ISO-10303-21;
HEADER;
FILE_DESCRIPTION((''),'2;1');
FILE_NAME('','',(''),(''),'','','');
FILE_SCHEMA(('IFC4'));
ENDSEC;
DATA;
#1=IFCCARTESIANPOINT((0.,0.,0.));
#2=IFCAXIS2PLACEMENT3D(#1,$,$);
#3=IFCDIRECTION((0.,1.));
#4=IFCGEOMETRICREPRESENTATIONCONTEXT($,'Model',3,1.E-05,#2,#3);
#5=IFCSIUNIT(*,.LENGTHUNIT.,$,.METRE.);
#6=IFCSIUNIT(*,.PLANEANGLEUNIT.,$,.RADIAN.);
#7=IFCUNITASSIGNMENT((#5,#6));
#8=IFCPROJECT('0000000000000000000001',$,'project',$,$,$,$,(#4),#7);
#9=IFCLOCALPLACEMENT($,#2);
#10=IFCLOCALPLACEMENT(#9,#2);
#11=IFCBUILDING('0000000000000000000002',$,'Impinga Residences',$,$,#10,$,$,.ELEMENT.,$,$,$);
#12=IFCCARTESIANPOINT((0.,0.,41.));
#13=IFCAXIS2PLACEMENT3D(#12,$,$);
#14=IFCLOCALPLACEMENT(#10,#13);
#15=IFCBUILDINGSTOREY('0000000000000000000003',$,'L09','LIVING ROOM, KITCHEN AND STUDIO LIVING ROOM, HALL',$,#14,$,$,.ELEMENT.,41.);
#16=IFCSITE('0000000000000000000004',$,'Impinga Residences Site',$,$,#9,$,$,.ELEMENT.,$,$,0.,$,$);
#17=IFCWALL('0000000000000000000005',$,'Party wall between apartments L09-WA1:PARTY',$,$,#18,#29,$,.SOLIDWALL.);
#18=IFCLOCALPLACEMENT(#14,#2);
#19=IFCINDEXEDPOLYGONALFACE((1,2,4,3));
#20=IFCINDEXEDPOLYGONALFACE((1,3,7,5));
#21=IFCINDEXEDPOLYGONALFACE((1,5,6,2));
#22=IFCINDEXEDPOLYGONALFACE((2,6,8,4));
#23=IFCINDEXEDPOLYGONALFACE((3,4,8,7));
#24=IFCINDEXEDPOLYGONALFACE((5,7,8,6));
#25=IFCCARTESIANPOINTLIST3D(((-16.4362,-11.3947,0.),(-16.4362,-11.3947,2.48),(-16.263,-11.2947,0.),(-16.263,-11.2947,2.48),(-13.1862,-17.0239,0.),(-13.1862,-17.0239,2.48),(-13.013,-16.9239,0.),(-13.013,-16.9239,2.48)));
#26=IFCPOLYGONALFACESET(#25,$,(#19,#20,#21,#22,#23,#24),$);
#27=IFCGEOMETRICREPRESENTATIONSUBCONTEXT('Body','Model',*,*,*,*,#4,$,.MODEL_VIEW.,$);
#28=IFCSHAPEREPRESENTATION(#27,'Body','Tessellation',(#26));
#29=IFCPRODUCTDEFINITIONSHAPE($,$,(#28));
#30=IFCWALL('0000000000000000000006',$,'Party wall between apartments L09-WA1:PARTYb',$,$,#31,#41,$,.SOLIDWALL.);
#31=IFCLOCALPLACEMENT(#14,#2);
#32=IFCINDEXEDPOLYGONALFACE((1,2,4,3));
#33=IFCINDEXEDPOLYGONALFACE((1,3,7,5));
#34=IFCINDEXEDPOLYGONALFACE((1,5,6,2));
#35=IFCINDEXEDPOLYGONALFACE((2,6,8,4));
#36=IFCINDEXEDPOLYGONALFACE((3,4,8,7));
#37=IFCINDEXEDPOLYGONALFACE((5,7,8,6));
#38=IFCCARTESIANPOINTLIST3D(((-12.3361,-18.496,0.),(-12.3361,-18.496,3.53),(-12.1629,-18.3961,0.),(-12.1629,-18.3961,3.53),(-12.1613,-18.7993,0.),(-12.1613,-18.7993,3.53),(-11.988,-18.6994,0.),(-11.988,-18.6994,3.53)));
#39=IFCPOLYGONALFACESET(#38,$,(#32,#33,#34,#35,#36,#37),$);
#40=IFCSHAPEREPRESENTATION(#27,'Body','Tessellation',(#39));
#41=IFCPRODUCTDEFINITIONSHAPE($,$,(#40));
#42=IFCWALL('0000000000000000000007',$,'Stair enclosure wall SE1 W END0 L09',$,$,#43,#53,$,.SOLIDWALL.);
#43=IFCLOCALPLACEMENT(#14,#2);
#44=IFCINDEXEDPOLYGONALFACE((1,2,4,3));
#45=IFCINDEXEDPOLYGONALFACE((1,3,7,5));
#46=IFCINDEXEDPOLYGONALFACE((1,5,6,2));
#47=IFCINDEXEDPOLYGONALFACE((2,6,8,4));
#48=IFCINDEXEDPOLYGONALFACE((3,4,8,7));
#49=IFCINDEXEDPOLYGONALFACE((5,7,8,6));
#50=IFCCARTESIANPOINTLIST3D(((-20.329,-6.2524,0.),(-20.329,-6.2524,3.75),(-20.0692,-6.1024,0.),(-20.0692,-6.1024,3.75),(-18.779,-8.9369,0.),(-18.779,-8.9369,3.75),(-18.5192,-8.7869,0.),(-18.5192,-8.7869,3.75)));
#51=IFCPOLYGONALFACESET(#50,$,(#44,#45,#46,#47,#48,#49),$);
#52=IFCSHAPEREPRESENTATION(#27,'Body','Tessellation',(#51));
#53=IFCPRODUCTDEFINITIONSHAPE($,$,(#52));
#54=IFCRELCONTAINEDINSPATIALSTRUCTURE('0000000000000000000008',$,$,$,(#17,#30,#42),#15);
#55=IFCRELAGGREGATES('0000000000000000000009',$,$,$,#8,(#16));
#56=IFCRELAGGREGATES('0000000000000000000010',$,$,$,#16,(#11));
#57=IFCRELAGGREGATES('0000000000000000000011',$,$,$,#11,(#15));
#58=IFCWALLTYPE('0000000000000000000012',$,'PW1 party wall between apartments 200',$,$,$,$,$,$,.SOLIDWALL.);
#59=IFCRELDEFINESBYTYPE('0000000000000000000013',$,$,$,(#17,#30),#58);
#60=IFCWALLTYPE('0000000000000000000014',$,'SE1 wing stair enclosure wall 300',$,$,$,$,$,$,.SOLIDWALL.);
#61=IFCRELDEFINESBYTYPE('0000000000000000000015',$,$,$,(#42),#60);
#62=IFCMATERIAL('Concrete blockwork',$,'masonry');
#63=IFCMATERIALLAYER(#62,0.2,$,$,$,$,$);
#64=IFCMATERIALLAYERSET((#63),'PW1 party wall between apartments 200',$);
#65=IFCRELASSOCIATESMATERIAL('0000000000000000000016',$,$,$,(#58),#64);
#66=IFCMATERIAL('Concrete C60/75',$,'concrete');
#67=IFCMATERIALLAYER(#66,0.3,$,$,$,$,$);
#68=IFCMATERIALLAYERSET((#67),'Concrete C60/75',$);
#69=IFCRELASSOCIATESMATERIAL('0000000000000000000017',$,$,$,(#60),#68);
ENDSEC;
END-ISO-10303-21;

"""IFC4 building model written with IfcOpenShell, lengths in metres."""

from ifc_helpers import new_model, si_unit, direction, frame, frame_2d, origin, place, context, subcontext, project, spatial, rectangle, extrude, material, layer, layer_set, type_object, element, save


model = new_model("IFC4")

# Units and contexts
model_context = context("Model", 3, precision=1e-05, world=origin(), true_north=direction((0.0, 1.0)))
body_context = subcontext(model_context, "Body", "Model", "MODEL_VIEW")
ifc_project = project(units=[si_unit("LENGTHUNIT", "METRE"), si_unit("PLANEANGLEUNIT", "RADIAN")], contexts=[model_context])

# Site, building, storey
site_placement = place(None, origin())
site = spatial("IfcSite", under=ifc_project, at=site_placement, Name="Impinga Residences Site", CompositionType="ELEMENT", RefElevation=0.0)
building_placement = place(site_placement, origin())
building = spatial("IfcBuilding", under=site, at=building_placement, Name="Impinga Residences", CompositionType="ELEMENT")
storey_placement = place(building_placement, frame((0.0, 0.0, 41.0)))
storey = spatial("IfcBuildingStorey", under=building, at=storey_placement, Name="L09", Description="LIVING ROOM, KITCHEN AND STUDIO LIVING ROOM, HALL", CompositionType="ELEMENT", Elevation=41.0)

# Shared definitions
ifc_material_1 = material(Name="Concrete C60/75", Category="concrete")

# Walls
ifc_material_2 = material(Name="Concrete blockwork", Category="masonry")
ifc_layer_1 = layer(ifc_material_2, 0.2)
ifc_layer_set_1 = layer_set([ifc_layer_1], Name="PW1 party wall between apartments 200")
wall_type_1 = type_object("IfcWallType", Name="PW1 party wall between apartments 200", PredefinedType="SOLIDWALL", material=ifc_layer_set_1)
wall_1_placement = place(storey_placement, frame((-16.3496, -11.3447, 0.0), z_axis=(0.0, 0.0, 1.0), x_axis=(0.500001, -0.866025, 0.0)))
element("IfcWall", 1, at=wall_1_placement, inside=storey, type_object=wall_type_1, Name="Party wall between apartments L09-WA1:PARTY", PredefinedType="SOLIDWALL", context=body_context, shape_type="SweptSolid", body=[
    extrude(rectangle(XDim=6.5, YDim=0.2, at=frame_2d((3.25, 0.0))), origin(), (0.0, 0.0, 1.0), 2.48),
])
wall_2_placement = place(storey_placement, frame((-12.2495, -18.446, 0.0), z_axis=(0.0, 0.0, 1.0), x_axis=(0.499441, -0.866348, 0.0)))
element("IfcWall", 2, at=wall_2_placement, inside=storey, type_object=wall_type_1, Name="Party wall between apartments L09-WA1:PARTYb", PredefinedType="SOLIDWALL", context=body_context, shape_type="SweptSolid", body=[
    extrude(rectangle(XDim=0.3501, YDim=0.2, at=frame_2d((0.175, 0.0))), origin(), (0.0, 0.0, 1.0), 3.53),
])
ifc_layer_2 = layer(ifc_material_1, 0.3)
ifc_layer_set_2 = layer_set([ifc_layer_2], Name="Concrete C60/75")
wall_type_2 = type_object("IfcWallType", Name="SE1 wing stair enclosure wall 300", PredefinedType="SOLIDWALL", material=ifc_layer_set_2)
wall_3_placement = place(storey_placement, frame((-18.6492, -8.8618, 0.0), z_axis=(0.0, 0.0, 1.0), x_axis=(-0.500027, 0.86601, 0.0)))
element("IfcWall", 3, at=wall_3_placement, inside=storey, type_object=wall_type_2, Name="Stair enclosure wall SE1 W END0 L09", PredefinedType="SOLIDWALL", context=body_context, shape_type="SweptSolid", body=[
    extrude(rectangle(XDim=3.0999, YDim=0.3, at=frame_2d((1.5498, 0.0))), origin(), (0.0, 0.0, 1.0), 3.75),
])

save(model, "model.ifc")
